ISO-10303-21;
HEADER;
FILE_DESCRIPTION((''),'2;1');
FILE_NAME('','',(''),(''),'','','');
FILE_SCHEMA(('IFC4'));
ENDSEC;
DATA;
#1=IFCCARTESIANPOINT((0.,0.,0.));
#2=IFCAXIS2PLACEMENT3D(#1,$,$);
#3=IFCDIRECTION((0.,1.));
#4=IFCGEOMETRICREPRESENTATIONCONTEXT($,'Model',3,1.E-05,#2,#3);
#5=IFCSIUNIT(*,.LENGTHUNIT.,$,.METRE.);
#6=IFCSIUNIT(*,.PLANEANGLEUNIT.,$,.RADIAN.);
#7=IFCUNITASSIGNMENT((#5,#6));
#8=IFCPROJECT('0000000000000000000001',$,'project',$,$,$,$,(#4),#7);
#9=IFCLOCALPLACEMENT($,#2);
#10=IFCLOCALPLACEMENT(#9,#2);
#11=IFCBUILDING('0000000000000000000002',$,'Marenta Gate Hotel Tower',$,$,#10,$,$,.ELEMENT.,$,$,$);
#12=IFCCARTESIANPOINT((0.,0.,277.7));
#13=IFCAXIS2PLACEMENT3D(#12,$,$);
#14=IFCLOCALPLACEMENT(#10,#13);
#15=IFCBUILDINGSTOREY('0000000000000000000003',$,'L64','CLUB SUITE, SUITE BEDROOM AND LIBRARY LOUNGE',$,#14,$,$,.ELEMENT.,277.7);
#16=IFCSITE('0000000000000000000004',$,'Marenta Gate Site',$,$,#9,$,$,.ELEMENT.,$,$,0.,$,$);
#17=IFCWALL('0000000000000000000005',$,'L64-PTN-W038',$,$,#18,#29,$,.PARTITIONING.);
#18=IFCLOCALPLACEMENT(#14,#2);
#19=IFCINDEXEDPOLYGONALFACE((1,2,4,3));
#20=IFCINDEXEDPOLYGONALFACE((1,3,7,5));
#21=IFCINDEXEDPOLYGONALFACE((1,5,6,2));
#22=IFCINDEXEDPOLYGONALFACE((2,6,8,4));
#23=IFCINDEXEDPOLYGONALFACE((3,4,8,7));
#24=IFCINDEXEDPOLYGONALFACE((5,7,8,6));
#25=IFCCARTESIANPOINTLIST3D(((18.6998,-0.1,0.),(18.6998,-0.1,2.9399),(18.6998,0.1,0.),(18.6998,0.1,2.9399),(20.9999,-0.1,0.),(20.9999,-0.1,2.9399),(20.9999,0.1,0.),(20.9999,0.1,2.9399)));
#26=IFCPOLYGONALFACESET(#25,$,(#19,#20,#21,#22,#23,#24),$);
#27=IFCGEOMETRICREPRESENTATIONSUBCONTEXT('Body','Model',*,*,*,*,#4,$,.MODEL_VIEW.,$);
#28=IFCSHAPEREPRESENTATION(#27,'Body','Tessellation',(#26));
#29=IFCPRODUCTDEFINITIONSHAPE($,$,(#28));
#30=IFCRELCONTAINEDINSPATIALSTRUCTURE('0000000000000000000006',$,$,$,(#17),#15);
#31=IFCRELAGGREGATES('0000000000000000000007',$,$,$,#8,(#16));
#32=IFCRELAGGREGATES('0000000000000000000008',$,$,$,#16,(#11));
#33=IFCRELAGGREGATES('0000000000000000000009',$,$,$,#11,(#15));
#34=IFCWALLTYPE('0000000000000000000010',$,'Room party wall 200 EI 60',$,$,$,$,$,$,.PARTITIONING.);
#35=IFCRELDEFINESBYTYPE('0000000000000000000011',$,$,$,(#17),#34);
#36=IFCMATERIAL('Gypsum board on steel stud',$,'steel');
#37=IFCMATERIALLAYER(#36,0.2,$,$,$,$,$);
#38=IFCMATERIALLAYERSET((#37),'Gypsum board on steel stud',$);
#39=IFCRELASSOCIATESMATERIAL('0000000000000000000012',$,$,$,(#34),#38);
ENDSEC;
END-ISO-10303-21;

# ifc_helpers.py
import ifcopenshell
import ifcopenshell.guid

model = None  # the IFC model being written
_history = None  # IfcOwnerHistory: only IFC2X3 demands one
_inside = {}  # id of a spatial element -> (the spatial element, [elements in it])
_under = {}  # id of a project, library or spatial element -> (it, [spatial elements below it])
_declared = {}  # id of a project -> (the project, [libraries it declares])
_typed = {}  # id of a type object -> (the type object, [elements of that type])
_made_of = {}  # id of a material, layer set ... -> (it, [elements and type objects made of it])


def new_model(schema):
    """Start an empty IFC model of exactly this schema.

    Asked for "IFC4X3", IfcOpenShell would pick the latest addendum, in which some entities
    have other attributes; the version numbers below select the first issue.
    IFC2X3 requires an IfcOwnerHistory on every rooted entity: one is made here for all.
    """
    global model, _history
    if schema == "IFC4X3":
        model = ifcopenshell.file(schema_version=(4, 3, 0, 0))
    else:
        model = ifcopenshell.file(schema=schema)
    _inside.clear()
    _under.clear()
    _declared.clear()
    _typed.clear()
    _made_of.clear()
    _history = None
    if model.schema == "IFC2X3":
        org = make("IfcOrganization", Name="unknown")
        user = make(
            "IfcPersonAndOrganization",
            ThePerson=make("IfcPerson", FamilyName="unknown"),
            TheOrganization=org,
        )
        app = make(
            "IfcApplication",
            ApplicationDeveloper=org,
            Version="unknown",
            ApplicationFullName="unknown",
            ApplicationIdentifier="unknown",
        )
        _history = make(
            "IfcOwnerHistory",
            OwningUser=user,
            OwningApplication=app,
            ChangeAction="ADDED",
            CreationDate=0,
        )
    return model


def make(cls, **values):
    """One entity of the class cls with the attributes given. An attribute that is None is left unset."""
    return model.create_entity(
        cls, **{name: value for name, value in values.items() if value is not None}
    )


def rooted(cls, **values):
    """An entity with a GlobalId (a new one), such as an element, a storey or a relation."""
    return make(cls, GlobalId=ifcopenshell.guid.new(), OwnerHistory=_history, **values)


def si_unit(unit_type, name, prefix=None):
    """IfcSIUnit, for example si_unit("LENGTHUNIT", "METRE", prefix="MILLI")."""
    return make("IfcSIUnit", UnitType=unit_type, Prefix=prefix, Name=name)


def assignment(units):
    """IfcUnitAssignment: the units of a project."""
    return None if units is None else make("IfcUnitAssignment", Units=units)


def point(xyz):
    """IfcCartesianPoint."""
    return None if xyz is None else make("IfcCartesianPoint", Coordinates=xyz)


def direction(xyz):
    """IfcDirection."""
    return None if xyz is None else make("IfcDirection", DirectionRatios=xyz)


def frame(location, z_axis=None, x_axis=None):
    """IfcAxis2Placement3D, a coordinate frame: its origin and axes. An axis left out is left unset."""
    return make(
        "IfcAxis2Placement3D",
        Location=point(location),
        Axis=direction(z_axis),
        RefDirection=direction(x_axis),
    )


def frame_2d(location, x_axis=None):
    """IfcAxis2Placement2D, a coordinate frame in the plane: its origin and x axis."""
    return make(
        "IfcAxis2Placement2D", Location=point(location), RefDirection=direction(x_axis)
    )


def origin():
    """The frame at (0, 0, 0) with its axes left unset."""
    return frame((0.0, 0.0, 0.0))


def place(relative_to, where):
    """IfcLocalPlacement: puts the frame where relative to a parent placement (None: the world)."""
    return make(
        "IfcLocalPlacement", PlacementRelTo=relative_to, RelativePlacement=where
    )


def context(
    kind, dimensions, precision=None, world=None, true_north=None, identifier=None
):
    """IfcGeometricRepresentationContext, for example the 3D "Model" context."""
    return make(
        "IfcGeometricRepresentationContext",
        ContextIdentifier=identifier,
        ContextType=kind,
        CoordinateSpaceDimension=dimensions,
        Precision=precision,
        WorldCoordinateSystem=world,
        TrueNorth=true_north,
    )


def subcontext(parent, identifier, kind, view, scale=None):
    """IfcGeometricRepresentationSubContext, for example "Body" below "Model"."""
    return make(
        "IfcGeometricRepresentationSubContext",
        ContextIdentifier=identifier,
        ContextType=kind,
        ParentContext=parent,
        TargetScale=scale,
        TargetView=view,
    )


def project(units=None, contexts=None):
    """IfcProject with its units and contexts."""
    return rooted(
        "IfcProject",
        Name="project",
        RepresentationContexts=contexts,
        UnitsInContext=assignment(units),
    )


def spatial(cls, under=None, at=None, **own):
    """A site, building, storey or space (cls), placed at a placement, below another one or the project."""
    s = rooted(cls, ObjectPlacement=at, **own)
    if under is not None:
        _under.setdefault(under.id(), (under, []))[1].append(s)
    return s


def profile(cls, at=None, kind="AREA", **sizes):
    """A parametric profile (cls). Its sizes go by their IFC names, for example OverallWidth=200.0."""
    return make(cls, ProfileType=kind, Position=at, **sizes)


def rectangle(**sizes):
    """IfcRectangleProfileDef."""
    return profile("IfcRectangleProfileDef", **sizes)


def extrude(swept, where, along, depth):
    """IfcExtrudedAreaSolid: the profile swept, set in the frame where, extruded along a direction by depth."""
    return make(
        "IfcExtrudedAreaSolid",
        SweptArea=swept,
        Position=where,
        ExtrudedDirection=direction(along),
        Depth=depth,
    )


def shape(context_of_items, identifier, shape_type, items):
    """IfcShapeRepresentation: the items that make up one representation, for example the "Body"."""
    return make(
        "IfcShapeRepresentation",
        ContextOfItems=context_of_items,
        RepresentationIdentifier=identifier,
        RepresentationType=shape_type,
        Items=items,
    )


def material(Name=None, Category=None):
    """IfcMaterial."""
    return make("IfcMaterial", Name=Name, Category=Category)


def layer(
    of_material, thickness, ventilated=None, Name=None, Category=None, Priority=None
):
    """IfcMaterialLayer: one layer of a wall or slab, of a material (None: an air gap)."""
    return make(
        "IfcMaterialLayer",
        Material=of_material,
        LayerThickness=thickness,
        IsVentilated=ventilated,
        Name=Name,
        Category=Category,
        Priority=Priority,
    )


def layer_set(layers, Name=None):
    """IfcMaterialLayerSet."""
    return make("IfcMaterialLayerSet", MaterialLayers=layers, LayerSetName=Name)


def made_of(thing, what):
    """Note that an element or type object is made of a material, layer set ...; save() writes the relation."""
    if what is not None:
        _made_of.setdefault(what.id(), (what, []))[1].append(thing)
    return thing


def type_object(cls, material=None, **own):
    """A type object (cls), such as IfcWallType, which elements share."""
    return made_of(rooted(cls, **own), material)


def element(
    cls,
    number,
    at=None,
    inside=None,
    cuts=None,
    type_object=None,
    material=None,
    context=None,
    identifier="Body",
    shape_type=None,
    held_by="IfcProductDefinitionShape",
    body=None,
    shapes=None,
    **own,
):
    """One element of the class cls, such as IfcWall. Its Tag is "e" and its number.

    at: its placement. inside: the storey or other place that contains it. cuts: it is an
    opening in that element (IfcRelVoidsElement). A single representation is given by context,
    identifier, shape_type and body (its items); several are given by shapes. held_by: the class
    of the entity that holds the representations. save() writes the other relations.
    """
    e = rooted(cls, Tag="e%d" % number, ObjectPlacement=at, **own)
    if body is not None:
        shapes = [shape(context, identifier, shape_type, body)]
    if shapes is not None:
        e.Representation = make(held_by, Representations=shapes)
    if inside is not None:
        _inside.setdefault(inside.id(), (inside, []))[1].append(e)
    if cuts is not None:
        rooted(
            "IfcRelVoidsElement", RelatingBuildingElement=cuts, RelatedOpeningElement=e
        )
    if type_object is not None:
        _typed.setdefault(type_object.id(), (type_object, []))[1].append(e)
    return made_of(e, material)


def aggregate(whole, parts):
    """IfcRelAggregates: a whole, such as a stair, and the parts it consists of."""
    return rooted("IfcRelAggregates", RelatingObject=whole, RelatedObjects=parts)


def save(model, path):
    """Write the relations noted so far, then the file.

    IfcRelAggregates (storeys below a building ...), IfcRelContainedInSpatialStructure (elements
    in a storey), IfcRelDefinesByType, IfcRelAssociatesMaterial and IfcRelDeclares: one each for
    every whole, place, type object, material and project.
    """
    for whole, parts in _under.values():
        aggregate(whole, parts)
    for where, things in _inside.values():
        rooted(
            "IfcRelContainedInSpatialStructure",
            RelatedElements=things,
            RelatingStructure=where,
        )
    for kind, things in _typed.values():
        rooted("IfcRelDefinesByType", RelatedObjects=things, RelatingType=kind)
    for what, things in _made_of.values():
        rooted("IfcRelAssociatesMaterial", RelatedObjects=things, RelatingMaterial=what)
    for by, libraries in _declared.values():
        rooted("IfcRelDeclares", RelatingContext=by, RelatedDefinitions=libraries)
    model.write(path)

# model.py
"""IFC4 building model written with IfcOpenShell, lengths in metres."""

from ifc_helpers import new_model, si_unit, direction, frame, frame_2d, origin, place, context, subcontext, project, spatial, rectangle, extrude, material, layer, layer_set, type_object, element, save


model = new_model("IFC4")

# Units and contexts
model_context = context("Model", 3, precision=1e-05, world=origin(), true_north=direction((0.0, 1.0)))
body_context = subcontext(model_context, "Body", "Model", "MODEL_VIEW")
ifc_project = project(units=[si_unit("LENGTHUNIT", "METRE"), si_unit("PLANEANGLEUNIT", "RADIAN")], contexts=[model_context])

# Site, building, storey
site_placement = place(None, origin())
site = spatial("IfcSite", under=ifc_project, at=site_placement, Name="Marenta Gate Site", CompositionType="ELEMENT", RefElevation=0.0)
building_placement = place(site_placement, origin())
building = spatial("IfcBuilding", under=site, at=building_placement, Name="Marenta Gate Hotel Tower", CompositionType="ELEMENT")
storey_placement = place(building_placement, frame((0.0, 0.0, 277.7)))
storey = spatial("IfcBuildingStorey", under=building, at=storey_placement, Name="L64", Description="CLUB SUITE, SUITE BEDROOM AND LIBRARY LOUNGE", CompositionType="ELEMENT", Elevation=277.7)

# Wall
ifc_material_1 = material(Name="Gypsum board on steel stud", Category="steel")
ifc_layer_1 = layer(ifc_material_1, 0.2)
ifc_layer_set_1 = layer_set([ifc_layer_1], Name="Gypsum board on steel stud")
wall_type_1 = type_object("IfcWallType", Name="Room party wall 200 EI 60", PredefinedType="PARTITIONING", material=ifc_layer_set_1)
wall_1_placement = place(storey_placement, frame((18.7, 0.0, 0.0), z_axis=(0.0, 0.0, 1.0), x_axis=(1.0, 0.0, 0.0)))
element("IfcWall", 1, at=wall_1_placement, inside=storey, type_object=wall_type_1, Name="L64-PTN-W038", PredefinedType="PARTITIONING", context=body_context, shape_type="SweptSolid", body=[
    extrude(rectangle(XDim=2.3, YDim=0.2, at=frame_2d((1.1499, 0.0))), origin(), (0.0, 0.0, 1.0), 2.9399),
])

save(model, "model.ifc")
